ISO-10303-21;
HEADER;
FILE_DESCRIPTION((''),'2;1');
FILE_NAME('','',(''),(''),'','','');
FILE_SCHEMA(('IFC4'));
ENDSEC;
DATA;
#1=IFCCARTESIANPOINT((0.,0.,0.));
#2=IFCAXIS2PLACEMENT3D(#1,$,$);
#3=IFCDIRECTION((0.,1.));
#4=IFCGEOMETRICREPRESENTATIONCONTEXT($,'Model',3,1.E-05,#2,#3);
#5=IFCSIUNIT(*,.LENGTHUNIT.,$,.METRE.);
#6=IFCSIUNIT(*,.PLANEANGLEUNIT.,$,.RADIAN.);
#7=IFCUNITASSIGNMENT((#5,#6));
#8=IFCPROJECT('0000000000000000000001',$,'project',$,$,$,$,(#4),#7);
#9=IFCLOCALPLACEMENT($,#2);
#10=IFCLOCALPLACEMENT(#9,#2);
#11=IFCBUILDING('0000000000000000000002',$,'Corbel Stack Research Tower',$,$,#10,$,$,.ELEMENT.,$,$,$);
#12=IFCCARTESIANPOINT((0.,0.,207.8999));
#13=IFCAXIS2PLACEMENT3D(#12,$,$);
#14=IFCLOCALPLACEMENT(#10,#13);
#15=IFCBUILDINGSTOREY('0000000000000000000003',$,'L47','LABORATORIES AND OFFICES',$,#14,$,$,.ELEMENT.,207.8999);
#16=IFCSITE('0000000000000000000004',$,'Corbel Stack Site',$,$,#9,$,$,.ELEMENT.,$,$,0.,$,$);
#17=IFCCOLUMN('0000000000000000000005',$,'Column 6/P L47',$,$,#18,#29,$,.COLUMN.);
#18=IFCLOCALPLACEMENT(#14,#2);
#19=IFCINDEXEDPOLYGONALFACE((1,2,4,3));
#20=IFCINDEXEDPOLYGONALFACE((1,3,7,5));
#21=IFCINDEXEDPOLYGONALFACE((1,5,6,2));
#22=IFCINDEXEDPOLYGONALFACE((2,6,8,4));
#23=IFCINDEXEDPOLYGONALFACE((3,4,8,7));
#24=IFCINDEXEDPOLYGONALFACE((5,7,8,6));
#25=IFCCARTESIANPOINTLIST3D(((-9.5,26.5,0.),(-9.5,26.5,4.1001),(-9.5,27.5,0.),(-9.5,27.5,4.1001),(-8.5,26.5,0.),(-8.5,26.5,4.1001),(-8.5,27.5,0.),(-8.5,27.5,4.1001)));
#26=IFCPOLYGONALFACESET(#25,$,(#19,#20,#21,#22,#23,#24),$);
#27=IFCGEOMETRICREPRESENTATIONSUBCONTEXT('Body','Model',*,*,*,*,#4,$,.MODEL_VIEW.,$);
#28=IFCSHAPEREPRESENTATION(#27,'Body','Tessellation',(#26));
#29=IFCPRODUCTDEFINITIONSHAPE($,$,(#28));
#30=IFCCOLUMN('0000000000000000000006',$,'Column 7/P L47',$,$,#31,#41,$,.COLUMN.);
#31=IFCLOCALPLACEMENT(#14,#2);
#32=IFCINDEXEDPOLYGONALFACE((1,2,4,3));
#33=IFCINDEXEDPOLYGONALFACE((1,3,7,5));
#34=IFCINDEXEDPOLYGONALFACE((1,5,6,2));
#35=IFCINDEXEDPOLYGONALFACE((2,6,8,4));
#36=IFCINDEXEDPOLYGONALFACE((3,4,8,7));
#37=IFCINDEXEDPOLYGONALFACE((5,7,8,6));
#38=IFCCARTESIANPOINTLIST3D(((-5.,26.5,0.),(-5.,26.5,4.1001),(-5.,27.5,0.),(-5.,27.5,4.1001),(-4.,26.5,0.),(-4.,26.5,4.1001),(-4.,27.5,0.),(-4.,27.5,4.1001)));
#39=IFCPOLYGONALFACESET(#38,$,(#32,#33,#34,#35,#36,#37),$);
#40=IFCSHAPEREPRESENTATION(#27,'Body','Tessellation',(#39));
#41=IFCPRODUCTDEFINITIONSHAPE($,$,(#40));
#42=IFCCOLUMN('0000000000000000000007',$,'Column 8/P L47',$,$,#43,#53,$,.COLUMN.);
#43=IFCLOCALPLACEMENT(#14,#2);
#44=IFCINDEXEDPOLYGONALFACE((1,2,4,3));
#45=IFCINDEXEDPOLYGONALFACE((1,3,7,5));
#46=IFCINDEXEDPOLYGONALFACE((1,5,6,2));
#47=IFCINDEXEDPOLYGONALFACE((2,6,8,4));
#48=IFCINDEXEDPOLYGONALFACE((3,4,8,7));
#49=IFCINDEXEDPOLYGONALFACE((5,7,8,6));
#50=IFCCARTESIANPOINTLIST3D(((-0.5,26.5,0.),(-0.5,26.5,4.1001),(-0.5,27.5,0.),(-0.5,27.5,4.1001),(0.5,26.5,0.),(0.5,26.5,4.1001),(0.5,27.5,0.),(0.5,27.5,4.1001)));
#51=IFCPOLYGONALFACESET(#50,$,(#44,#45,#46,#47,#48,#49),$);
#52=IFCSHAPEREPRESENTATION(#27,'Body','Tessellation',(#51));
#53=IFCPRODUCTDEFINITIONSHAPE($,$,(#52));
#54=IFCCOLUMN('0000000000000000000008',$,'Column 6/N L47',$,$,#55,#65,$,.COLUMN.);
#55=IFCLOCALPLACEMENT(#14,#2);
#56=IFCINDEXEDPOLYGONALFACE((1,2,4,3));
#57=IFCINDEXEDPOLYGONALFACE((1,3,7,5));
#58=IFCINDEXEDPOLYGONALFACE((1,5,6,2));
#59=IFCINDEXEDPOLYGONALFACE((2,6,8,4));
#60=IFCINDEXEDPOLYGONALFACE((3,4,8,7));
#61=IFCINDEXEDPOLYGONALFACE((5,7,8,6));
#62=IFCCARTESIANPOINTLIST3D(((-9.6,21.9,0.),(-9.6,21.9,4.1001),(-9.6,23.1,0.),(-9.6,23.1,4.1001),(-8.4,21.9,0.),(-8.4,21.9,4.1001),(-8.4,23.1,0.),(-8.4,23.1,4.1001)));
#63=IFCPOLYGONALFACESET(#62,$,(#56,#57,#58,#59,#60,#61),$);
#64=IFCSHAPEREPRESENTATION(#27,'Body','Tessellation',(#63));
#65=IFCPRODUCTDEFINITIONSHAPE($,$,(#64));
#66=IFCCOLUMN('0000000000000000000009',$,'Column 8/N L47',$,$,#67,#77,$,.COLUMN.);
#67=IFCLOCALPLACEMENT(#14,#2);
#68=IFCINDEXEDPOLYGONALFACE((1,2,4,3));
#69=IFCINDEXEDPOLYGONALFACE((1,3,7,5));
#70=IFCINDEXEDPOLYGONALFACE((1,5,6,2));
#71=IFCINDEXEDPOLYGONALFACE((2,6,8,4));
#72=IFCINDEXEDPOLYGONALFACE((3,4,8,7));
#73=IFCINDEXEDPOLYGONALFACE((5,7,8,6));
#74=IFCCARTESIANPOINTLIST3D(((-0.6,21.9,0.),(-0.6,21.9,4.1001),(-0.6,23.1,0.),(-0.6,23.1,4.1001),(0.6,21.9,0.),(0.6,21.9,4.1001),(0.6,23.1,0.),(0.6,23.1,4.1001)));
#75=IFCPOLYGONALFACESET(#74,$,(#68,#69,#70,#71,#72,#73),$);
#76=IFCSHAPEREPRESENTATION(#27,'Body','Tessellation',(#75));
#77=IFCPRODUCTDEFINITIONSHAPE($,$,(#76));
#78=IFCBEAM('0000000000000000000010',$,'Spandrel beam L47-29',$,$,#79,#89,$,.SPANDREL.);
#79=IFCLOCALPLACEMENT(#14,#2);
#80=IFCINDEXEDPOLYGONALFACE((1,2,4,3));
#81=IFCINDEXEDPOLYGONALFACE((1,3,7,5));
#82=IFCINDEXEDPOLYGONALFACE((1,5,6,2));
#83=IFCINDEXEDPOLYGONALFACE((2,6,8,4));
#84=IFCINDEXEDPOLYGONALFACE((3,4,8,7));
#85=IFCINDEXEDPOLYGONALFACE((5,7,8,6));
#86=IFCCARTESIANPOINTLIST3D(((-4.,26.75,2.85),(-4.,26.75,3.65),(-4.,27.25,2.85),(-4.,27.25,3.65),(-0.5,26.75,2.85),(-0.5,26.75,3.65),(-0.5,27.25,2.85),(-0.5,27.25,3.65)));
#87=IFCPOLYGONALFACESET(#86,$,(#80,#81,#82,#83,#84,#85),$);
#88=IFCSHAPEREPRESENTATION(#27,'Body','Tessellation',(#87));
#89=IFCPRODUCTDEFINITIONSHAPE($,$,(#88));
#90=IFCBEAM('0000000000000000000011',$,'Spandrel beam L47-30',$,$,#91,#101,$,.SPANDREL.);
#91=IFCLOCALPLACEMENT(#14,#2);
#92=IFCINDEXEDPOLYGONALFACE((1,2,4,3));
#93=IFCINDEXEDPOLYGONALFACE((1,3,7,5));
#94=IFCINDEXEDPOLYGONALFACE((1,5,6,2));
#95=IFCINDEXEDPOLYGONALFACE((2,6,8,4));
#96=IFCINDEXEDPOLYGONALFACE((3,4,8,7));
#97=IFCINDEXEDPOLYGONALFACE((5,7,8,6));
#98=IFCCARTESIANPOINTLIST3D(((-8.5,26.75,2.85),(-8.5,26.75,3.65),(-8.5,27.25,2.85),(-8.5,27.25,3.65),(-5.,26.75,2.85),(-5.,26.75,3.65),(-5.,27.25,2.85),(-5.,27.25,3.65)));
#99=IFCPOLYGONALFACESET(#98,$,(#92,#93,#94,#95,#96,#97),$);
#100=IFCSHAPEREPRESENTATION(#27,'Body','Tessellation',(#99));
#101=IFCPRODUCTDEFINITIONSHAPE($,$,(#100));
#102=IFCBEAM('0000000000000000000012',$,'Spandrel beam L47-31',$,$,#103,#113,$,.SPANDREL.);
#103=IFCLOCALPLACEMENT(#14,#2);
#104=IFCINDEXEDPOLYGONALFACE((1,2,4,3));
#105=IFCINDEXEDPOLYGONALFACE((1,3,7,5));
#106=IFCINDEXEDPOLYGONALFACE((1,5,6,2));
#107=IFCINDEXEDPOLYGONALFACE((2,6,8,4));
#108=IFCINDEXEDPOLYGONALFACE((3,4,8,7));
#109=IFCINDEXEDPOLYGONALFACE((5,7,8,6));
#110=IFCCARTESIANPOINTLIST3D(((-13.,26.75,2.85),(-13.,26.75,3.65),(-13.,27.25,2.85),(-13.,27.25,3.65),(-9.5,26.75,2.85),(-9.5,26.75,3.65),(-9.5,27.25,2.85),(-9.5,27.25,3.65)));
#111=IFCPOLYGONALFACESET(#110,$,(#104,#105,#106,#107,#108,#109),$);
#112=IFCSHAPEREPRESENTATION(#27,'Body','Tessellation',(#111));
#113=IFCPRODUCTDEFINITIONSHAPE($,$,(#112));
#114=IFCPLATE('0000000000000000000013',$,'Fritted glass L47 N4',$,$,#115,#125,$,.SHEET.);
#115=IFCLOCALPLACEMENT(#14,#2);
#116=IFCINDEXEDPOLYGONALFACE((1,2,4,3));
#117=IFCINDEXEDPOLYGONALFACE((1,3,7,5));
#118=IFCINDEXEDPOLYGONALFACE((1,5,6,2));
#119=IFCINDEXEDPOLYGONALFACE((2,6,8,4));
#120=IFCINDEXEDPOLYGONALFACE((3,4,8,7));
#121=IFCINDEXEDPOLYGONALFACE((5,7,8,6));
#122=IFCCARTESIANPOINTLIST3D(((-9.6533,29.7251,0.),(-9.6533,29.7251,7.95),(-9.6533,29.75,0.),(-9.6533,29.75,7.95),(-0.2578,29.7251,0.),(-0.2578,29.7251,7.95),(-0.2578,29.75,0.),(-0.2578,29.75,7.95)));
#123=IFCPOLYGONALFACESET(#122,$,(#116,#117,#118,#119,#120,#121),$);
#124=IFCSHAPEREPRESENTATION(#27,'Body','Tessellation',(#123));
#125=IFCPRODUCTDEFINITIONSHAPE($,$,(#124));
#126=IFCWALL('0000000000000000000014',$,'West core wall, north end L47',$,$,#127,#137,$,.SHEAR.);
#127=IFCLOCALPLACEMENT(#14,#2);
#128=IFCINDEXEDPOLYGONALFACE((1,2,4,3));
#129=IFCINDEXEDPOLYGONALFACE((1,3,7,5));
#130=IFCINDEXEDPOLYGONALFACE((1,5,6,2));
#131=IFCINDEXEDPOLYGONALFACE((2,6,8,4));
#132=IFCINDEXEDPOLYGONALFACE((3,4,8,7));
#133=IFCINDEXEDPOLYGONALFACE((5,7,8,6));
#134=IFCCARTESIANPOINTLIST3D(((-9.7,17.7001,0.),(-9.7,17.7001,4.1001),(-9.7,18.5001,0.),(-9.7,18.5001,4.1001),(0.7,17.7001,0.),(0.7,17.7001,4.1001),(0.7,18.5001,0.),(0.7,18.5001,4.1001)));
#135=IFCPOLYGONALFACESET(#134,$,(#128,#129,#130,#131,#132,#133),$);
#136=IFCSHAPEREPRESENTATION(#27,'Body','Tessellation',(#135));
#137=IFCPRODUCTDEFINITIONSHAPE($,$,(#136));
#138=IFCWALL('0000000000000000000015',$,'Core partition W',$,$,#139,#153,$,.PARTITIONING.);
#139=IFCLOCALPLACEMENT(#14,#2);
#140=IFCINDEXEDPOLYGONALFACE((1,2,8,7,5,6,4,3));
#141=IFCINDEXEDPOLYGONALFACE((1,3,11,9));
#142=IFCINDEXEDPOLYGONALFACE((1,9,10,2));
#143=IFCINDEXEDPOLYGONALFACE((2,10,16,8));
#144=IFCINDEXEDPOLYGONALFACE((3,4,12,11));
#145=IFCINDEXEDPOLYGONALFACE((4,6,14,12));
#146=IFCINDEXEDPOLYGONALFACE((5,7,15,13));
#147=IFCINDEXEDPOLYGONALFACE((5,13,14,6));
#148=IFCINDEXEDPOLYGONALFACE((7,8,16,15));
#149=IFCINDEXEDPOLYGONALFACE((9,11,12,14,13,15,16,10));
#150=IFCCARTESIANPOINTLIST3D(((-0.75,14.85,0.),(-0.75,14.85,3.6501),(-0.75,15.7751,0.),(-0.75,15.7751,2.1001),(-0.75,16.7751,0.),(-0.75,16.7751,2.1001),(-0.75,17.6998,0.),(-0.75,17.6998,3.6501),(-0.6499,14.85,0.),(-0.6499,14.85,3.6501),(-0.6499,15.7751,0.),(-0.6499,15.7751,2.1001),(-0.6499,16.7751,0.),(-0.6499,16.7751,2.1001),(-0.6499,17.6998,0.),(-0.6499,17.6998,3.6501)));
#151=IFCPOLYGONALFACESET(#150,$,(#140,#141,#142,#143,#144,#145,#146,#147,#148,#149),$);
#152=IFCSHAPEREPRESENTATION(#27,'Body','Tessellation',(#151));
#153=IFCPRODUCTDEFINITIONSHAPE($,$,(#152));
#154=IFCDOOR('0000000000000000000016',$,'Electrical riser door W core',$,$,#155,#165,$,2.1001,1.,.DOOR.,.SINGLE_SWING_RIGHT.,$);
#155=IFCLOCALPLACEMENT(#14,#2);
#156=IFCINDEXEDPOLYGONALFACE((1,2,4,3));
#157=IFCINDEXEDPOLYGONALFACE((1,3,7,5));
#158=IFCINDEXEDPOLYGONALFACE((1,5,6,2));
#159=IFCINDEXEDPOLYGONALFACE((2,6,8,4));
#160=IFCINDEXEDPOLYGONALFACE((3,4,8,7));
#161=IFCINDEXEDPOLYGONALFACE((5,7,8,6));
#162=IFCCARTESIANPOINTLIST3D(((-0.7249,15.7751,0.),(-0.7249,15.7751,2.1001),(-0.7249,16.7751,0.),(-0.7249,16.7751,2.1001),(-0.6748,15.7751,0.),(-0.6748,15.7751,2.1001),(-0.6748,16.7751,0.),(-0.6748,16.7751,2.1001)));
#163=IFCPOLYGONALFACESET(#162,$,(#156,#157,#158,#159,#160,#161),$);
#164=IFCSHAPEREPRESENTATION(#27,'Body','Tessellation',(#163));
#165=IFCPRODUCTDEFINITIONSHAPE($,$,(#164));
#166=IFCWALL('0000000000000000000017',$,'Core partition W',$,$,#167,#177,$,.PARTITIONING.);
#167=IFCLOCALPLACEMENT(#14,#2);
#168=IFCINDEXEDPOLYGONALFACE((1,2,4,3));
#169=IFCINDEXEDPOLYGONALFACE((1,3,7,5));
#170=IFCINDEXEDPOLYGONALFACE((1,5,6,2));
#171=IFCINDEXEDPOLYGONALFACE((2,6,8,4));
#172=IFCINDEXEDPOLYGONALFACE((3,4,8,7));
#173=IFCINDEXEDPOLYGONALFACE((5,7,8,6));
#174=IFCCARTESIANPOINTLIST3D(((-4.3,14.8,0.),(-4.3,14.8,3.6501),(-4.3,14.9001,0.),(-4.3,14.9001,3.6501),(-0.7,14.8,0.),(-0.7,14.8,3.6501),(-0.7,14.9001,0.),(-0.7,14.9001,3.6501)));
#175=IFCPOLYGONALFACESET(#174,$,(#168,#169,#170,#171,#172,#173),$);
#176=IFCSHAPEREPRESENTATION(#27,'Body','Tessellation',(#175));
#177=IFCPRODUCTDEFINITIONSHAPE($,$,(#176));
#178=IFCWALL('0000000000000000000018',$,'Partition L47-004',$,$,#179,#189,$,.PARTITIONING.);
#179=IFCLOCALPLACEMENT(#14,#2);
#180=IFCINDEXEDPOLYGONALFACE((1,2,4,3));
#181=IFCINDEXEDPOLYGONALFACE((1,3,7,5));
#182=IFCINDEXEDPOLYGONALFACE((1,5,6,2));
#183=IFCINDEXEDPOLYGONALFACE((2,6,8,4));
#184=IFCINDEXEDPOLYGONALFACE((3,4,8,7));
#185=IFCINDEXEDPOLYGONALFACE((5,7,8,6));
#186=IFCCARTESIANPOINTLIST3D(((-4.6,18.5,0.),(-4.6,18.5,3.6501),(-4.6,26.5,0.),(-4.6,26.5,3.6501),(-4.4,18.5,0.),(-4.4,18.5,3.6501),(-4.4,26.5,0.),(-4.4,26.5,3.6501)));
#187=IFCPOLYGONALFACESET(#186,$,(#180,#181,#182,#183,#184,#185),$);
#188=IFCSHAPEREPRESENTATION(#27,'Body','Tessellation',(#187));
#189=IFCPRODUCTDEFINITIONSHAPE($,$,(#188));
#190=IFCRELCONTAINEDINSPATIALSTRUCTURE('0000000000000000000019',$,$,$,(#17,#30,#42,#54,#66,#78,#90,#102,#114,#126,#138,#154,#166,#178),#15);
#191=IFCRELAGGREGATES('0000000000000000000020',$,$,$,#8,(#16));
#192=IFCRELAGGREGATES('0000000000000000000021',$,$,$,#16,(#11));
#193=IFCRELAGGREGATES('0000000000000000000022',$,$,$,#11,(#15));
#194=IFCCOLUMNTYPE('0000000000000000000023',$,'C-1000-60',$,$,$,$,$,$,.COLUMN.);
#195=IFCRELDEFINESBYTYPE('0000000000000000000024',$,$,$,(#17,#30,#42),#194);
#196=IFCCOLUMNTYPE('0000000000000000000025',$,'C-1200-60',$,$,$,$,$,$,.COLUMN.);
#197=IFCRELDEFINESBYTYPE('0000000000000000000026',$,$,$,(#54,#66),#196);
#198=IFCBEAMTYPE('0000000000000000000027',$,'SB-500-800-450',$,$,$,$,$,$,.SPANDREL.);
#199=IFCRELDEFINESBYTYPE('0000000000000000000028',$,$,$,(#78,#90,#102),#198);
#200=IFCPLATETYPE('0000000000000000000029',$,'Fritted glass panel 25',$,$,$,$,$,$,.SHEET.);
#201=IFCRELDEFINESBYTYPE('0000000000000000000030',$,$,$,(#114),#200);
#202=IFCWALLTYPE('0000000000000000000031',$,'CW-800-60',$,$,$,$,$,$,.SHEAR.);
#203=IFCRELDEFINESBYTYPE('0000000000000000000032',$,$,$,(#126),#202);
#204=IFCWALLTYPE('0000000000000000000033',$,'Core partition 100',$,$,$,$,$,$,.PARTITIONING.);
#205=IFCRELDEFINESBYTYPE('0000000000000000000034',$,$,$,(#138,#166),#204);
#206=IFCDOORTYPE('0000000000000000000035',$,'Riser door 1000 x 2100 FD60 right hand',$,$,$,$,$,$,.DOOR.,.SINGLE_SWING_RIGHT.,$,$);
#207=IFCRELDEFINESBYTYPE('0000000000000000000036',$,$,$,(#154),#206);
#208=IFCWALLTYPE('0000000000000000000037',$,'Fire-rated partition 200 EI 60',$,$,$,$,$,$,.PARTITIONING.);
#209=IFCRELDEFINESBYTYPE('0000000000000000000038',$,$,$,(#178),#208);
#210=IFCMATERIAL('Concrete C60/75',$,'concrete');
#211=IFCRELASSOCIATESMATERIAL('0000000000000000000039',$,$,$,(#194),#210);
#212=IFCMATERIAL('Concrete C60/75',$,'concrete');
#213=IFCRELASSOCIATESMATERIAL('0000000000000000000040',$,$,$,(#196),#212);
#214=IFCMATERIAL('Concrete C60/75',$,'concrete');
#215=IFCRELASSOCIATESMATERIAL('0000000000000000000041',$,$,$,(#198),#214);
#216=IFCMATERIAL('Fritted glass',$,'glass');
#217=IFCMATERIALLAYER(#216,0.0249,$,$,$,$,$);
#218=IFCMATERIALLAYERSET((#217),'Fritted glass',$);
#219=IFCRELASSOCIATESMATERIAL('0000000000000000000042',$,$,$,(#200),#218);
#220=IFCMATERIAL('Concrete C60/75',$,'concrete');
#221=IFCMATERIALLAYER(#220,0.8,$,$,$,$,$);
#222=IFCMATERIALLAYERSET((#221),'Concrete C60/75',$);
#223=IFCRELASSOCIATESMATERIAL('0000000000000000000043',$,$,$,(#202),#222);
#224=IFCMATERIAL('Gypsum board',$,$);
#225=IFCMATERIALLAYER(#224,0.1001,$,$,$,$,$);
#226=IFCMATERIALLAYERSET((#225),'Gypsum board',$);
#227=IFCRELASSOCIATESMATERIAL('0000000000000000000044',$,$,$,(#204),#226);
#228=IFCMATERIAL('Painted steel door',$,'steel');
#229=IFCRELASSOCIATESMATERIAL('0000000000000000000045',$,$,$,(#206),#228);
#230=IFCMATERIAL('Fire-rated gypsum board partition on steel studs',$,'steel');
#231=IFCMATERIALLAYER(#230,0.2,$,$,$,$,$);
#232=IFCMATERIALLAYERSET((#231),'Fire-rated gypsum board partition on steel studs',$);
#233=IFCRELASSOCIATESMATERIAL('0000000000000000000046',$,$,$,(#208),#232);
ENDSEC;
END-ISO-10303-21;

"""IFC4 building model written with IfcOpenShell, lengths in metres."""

from ifc_helpers import new_model, si_unit, direction, frame, frame_2d, origin, origin_2d, place, context, subcontext, project, spatial, rectangle, extrude, material, layer, layer_set, material_profile, profile_set, type_object, element, fill, save


model = new_model("IFC4")

# Units and contexts
model_context = context("Model", 3, precision=1e-05, world=origin(), true_north=direction((0.0, 1.0)))
body_context = subcontext(model_context, "Body", "Model", "MODEL_VIEW")
ifc_project = project(units=[si_unit("LENGTHUNIT", "METRE"), si_unit("PLANEANGLEUNIT", "RADIAN")], contexts=[model_context])

# Site, building, storey
site_placement = place(None, origin())
site = spatial("IfcSite", under=ifc_project, at=site_placement, Name="Corbel Stack Site", CompositionType="ELEMENT", RefElevation=0.0)
building_placement = place(site_placement, origin())
building = spatial("IfcBuilding", under=site, at=building_placement, Name="Corbel Stack Research Tower", CompositionType="ELEMENT")
storey_placement = place(building_placement, frame((0.0, 0.0, 207.8999)))
storey = spatial("IfcBuildingStorey", under=building, at=storey_placement, Name="L47", Description="LABORATORIES AND OFFICES", CompositionType="ELEMENT", Elevation=207.8999)

# Columns
ifc_material_1 = material(Name="Concrete C60/75", Category="concrete")
ifc_material_profile_1 = material_profile(ifc_material_1, rectangle(XDim=1.0, YDim=1.0, at=origin_2d()), Name="RC 1000 x 1000")
ifc_profile_set_1 = profile_set([ifc_material_profile_1], Name="Concrete C60/75")
column_type_1 = type_object("IfcColumnType", Name="C-1000-60", PredefinedType="COLUMN", material=ifc_profile_set_1)
for number, where, z_axis, x_axis, name in (
    (1, (-9.0, 27.0, 0.0), (0.0, 0.0, 1.0), (1.0, 0.0, 0.0), "Column 6/P L47"),
    (2, (-4.5, 27.0, 0.0), (0.0, 0.0, 1.0), (1.0, 0.0, 0.0), "Column 7/P L47"),
    (3, (0.0, 27.0, 0.0), (0.0, 0.0, 1.0), (1.0, 0.0, 0.0), "Column 8/P L47"),
):
    element("IfcColumn", number, at=place(storey_placement, frame(where, z_axis=z_axis, x_axis=x_axis)), inside=storey, type_object=column_type_1, Name=name, PredefinedType="COLUMN", context=body_context, shape_type="SweptSolid", body=[
        extrude(rectangle(XDim=1.0, YDim=1.0, at=origin_2d()), origin(), (0.0, 0.0, 1.0), 4.1001),
    ])
ifc_material_2 = material(Name="Concrete C60/75", Category="concrete")
ifc_material_profile_2 = material_profile(ifc_material_2, rectangle(XDim=1.2, YDim=1.2, at=origin_2d()), Name="RC 1200 x 1200")
ifc_profile_set_2 = profile_set([ifc_material_profile_2], Name="Concrete C60/75")
column_type_2 = type_object("IfcColumnType", Name="C-1200-60", PredefinedType="COLUMN", material=ifc_profile_set_2)
for number, where, z_axis, x_axis, name in (
    (4, (-9.0, 22.5, 0.0), (0.0, 0.0, 1.0), (1.0, 0.0, 0.0), "Column 6/N L47"),
    (5, (0.0, 22.5, 0.0), (0.0, 0.0, 1.0), (1.0, 0.0, 0.0), "Column 8/N L47"),
):
    element("IfcColumn", number, at=place(storey_placement, frame(where, z_axis=z_axis, x_axis=x_axis)), inside=storey, type_object=column_type_2, Name=name, PredefinedType="COLUMN", context=body_context, shape_type="SweptSolid", body=[
        extrude(rectangle(XDim=1.2, YDim=1.2, at=origin_2d()), origin(), (0.0, 0.0, 1.0), 4.1001),
    ])

# Beams
ifc_material_3 = material(Name="Concrete C60/75", Category="concrete")
ifc_material_profile_3 = material_profile(ifc_material_3, rectangle(XDim=0.5, YDim=0.8, at=origin_2d()), Name="RC 500 x 800")
ifc_profile_set_3 = profile_set([ifc_material_profile_3], Name="Concrete C60/75")
beam_type = type_object("IfcBeamType", Name="SB-500-800-450", PredefinedType="SPANDREL", material=ifc_profile_set_3)
for number, where, z_axis, x_axis, name in (
    (6, (-0.5, 27.0, 3.25), (-1.0, 0.0, 0.0), (0.0, -1.0, 0.0), "Spandrel beam L47-29"),
    (7, (-5.0, 27.0, 3.25), (-1.0, 0.0, 0.0), (0.0, -1.0, 0.0), "Spandrel beam L47-30"),
    (8, (-9.5, 27.0, 3.25), (-1.0, 0.0, 0.0), (0.0, -1.0, 0.0), "Spandrel beam L47-31"),
):
    element("IfcBeam", number, at=place(storey_placement, frame(where, z_axis=z_axis, x_axis=x_axis)), inside=storey, type_object=beam_type, Name=name, PredefinedType="SPANDREL", context=body_context, shape_type="SweptSolid", body=[
        extrude(rectangle(XDim=0.5, YDim=0.8, at=origin_2d()), origin(), (0.0, 0.0, 1.0), 3.5),
    ])

# Plate
ifc_material_4 = material(Name="Fritted glass", Category="glass")
ifc_layer_1 = layer(ifc_material_4, 0.0249)
ifc_layer_set_1 = layer_set([ifc_layer_1], Name="Fritted glass")
plate_type = type_object("IfcPlateType", Name="Fritted glass panel 25", PredefinedType="SHEET", material=ifc_layer_set_1)
plate_placement = place(storey_placement, frame((-4.9556, 29.7375, 0.0), z_axis=(0.0, 0.0, 1.0), x_axis=(-1.0, 0.0, 0.0)))
element("IfcPlate", 9, at=plate_placement, inside=storey, type_object=plate_type, Name="Fritted glass L47 N4", PredefinedType="SHEET", context=body_context, shape_type="SweptSolid", body=[
    extrude(rectangle(XDim=9.3955, YDim=0.0249, at=origin_2d()), origin(), (0.0, 0.0, 1.0), 7.95),
])

# Wall
ifc_material_5 = material(Name="Concrete C60/75", Category="concrete")
ifc_layer_2 = layer(ifc_material_5, 0.8)
ifc_layer_set_2 = layer_set([ifc_layer_2], Name="Concrete C60/75")
wall_type_1 = type_object("IfcWallType", Name="CW-800-60", PredefinedType="SHEAR", material=ifc_layer_set_2)
wall_1_placement = place(storey_placement, frame((-9.7, 18.1001, 0.0), z_axis=(0.0, 0.0, 1.0), x_axis=(1.0, 0.0, 0.0)))
element("IfcWall", 10, at=wall_1_placement, inside=storey, type_object=wall_type_1, Name="West core wall, north end L47", PredefinedType="SHEAR", context=body_context, shape_type="SweptSolid", body=[
    extrude(rectangle(XDim=10.3999, YDim=0.8, at=frame_2d((5.2, 0.0))), origin(), (0.0, 0.0, 1.0), 4.1001),
])

# Wall, opening, door
ifc_material_6 = material(Name="Gypsum board")
ifc_layer_3 = layer(ifc_material_6, 0.1001)
ifc_layer_set_3 = layer_set([ifc_layer_3], Name="Gypsum board")
wall_type_2 = type_object("IfcWallType", Name="Core partition 100", PredefinedType="PARTITIONING", material=ifc_layer_set_3)
wall_2_placement = place(storey_placement, frame((-0.7, 14.8501, 0.0), z_axis=(0.0, 0.0, 1.0), x_axis=(0.0, 1.0, 0.0)))
wall_2 = element("IfcWall", 11, at=wall_2_placement, inside=storey, type_object=wall_type_2, Name="Core partition W", PredefinedType="PARTITIONING", context=body_context, shape_type="SweptSolid", body=[
    extrude(rectangle(XDim=2.8499, YDim=0.1001, at=frame_2d((1.4248, 0.0))), origin(), (0.0, 0.0, 1.0), 3.6501),
])
opening_1_placement = place(wall_2_placement, frame((0.925, 0.0, 0.0)))
opening_1 = element("IfcOpeningElement", 12, at=opening_1_placement, cuts=wall_2, PredefinedType="OPENING", context=body_context, shape_type="SweptSolid", body=[
    extrude(rectangle(XDim=1.0, YDim=2.1001, at=frame_2d((0.5, 1.05))), frame((0.0, 0.0601, 0.0), z_axis=(0.0, -1.0, 0.0), x_axis=(1.0, 0.0, 0.0)), (0.0, 0.0, 1.0), 0.1201),
])
ifc_material_7 = material(Name="Painted steel door", Category="steel")
door_type_1 = type_object("IfcDoorType", Name="Riser door 1000 x 2100 FD60 right hand", OperationType="SINGLE_SWING_RIGHT", PredefinedType="DOOR", material=ifc_material_7)
door_1_placement = place(opening_1_placement, origin())
door_1 = element("IfcDoor", 13, at=door_1_placement, inside=storey, type_object=door_type_1, Name="Electrical riser door W core", OperationType="SINGLE_SWING_RIGHT", OverallHeight=2.1001, OverallWidth=1.0, PredefinedType="DOOR", context=body_context, shape_type="SweptSolid", body=[
    extrude(rectangle(XDim=1.0, YDim=2.1001, at=frame_2d((0.5, 1.05))), frame((0.0, 0.0249, 0.0), z_axis=(0.0, -1.0, 0.0), x_axis=(1.0, 0.0, 0.0)), (0.0, 0.0, 1.0), 0.05),
])
fill(opening_1, door_1)

# Walls
wall_3_placement = place(storey_placement, frame((-4.3, 14.8501, 0.0), z_axis=(0.0, 0.0, 1.0), x_axis=(1.0, 0.0, 0.0)))
element("IfcWall", 14, at=wall_3_placement, inside=storey, type_object=wall_type_2, Name="Core partition W", PredefinedType="PARTITIONING", context=body_context, shape_type="SweptSolid", body=[
    extrude(rectangle(XDim=3.6001, YDim=0.1001, at=frame_2d((1.8, 0.0))), origin(), (0.0, 0.0, 1.0), 3.6501),
])
ifc_material_8 = material(Name="Fire-rated gypsum board partition on steel studs", Category="steel")
ifc_layer_4 = layer(ifc_material_8, 0.2)
ifc_layer_set_4 = layer_set([ifc_layer_4], Name="Fire-rated gypsum board partition on steel studs")
wall_type_3 = type_object("IfcWallType", Name="Fire-rated partition 200 EI 60", PredefinedType="PARTITIONING", material=ifc_layer_set_4)
wall_4_placement = place(storey_placement, frame((-4.5, 18.5, 0.0), z_axis=(0.0, 0.0, 1.0), x_axis=(0.0, 1.0, 0.0)))
element("IfcWall", 15, at=wall_4_placement, inside=storey, type_object=wall_type_3, Name="Partition L47-004", PredefinedType="PARTITIONING", context=body_context, shape_type="SweptSolid", body=[
    extrude(rectangle(XDim=8.0, YDim=0.2, at=frame_2d((4.0, 0.0))), origin(), (0.0, 0.0, 1.0), 3.6501),
])

save(model, "model.ifc")
